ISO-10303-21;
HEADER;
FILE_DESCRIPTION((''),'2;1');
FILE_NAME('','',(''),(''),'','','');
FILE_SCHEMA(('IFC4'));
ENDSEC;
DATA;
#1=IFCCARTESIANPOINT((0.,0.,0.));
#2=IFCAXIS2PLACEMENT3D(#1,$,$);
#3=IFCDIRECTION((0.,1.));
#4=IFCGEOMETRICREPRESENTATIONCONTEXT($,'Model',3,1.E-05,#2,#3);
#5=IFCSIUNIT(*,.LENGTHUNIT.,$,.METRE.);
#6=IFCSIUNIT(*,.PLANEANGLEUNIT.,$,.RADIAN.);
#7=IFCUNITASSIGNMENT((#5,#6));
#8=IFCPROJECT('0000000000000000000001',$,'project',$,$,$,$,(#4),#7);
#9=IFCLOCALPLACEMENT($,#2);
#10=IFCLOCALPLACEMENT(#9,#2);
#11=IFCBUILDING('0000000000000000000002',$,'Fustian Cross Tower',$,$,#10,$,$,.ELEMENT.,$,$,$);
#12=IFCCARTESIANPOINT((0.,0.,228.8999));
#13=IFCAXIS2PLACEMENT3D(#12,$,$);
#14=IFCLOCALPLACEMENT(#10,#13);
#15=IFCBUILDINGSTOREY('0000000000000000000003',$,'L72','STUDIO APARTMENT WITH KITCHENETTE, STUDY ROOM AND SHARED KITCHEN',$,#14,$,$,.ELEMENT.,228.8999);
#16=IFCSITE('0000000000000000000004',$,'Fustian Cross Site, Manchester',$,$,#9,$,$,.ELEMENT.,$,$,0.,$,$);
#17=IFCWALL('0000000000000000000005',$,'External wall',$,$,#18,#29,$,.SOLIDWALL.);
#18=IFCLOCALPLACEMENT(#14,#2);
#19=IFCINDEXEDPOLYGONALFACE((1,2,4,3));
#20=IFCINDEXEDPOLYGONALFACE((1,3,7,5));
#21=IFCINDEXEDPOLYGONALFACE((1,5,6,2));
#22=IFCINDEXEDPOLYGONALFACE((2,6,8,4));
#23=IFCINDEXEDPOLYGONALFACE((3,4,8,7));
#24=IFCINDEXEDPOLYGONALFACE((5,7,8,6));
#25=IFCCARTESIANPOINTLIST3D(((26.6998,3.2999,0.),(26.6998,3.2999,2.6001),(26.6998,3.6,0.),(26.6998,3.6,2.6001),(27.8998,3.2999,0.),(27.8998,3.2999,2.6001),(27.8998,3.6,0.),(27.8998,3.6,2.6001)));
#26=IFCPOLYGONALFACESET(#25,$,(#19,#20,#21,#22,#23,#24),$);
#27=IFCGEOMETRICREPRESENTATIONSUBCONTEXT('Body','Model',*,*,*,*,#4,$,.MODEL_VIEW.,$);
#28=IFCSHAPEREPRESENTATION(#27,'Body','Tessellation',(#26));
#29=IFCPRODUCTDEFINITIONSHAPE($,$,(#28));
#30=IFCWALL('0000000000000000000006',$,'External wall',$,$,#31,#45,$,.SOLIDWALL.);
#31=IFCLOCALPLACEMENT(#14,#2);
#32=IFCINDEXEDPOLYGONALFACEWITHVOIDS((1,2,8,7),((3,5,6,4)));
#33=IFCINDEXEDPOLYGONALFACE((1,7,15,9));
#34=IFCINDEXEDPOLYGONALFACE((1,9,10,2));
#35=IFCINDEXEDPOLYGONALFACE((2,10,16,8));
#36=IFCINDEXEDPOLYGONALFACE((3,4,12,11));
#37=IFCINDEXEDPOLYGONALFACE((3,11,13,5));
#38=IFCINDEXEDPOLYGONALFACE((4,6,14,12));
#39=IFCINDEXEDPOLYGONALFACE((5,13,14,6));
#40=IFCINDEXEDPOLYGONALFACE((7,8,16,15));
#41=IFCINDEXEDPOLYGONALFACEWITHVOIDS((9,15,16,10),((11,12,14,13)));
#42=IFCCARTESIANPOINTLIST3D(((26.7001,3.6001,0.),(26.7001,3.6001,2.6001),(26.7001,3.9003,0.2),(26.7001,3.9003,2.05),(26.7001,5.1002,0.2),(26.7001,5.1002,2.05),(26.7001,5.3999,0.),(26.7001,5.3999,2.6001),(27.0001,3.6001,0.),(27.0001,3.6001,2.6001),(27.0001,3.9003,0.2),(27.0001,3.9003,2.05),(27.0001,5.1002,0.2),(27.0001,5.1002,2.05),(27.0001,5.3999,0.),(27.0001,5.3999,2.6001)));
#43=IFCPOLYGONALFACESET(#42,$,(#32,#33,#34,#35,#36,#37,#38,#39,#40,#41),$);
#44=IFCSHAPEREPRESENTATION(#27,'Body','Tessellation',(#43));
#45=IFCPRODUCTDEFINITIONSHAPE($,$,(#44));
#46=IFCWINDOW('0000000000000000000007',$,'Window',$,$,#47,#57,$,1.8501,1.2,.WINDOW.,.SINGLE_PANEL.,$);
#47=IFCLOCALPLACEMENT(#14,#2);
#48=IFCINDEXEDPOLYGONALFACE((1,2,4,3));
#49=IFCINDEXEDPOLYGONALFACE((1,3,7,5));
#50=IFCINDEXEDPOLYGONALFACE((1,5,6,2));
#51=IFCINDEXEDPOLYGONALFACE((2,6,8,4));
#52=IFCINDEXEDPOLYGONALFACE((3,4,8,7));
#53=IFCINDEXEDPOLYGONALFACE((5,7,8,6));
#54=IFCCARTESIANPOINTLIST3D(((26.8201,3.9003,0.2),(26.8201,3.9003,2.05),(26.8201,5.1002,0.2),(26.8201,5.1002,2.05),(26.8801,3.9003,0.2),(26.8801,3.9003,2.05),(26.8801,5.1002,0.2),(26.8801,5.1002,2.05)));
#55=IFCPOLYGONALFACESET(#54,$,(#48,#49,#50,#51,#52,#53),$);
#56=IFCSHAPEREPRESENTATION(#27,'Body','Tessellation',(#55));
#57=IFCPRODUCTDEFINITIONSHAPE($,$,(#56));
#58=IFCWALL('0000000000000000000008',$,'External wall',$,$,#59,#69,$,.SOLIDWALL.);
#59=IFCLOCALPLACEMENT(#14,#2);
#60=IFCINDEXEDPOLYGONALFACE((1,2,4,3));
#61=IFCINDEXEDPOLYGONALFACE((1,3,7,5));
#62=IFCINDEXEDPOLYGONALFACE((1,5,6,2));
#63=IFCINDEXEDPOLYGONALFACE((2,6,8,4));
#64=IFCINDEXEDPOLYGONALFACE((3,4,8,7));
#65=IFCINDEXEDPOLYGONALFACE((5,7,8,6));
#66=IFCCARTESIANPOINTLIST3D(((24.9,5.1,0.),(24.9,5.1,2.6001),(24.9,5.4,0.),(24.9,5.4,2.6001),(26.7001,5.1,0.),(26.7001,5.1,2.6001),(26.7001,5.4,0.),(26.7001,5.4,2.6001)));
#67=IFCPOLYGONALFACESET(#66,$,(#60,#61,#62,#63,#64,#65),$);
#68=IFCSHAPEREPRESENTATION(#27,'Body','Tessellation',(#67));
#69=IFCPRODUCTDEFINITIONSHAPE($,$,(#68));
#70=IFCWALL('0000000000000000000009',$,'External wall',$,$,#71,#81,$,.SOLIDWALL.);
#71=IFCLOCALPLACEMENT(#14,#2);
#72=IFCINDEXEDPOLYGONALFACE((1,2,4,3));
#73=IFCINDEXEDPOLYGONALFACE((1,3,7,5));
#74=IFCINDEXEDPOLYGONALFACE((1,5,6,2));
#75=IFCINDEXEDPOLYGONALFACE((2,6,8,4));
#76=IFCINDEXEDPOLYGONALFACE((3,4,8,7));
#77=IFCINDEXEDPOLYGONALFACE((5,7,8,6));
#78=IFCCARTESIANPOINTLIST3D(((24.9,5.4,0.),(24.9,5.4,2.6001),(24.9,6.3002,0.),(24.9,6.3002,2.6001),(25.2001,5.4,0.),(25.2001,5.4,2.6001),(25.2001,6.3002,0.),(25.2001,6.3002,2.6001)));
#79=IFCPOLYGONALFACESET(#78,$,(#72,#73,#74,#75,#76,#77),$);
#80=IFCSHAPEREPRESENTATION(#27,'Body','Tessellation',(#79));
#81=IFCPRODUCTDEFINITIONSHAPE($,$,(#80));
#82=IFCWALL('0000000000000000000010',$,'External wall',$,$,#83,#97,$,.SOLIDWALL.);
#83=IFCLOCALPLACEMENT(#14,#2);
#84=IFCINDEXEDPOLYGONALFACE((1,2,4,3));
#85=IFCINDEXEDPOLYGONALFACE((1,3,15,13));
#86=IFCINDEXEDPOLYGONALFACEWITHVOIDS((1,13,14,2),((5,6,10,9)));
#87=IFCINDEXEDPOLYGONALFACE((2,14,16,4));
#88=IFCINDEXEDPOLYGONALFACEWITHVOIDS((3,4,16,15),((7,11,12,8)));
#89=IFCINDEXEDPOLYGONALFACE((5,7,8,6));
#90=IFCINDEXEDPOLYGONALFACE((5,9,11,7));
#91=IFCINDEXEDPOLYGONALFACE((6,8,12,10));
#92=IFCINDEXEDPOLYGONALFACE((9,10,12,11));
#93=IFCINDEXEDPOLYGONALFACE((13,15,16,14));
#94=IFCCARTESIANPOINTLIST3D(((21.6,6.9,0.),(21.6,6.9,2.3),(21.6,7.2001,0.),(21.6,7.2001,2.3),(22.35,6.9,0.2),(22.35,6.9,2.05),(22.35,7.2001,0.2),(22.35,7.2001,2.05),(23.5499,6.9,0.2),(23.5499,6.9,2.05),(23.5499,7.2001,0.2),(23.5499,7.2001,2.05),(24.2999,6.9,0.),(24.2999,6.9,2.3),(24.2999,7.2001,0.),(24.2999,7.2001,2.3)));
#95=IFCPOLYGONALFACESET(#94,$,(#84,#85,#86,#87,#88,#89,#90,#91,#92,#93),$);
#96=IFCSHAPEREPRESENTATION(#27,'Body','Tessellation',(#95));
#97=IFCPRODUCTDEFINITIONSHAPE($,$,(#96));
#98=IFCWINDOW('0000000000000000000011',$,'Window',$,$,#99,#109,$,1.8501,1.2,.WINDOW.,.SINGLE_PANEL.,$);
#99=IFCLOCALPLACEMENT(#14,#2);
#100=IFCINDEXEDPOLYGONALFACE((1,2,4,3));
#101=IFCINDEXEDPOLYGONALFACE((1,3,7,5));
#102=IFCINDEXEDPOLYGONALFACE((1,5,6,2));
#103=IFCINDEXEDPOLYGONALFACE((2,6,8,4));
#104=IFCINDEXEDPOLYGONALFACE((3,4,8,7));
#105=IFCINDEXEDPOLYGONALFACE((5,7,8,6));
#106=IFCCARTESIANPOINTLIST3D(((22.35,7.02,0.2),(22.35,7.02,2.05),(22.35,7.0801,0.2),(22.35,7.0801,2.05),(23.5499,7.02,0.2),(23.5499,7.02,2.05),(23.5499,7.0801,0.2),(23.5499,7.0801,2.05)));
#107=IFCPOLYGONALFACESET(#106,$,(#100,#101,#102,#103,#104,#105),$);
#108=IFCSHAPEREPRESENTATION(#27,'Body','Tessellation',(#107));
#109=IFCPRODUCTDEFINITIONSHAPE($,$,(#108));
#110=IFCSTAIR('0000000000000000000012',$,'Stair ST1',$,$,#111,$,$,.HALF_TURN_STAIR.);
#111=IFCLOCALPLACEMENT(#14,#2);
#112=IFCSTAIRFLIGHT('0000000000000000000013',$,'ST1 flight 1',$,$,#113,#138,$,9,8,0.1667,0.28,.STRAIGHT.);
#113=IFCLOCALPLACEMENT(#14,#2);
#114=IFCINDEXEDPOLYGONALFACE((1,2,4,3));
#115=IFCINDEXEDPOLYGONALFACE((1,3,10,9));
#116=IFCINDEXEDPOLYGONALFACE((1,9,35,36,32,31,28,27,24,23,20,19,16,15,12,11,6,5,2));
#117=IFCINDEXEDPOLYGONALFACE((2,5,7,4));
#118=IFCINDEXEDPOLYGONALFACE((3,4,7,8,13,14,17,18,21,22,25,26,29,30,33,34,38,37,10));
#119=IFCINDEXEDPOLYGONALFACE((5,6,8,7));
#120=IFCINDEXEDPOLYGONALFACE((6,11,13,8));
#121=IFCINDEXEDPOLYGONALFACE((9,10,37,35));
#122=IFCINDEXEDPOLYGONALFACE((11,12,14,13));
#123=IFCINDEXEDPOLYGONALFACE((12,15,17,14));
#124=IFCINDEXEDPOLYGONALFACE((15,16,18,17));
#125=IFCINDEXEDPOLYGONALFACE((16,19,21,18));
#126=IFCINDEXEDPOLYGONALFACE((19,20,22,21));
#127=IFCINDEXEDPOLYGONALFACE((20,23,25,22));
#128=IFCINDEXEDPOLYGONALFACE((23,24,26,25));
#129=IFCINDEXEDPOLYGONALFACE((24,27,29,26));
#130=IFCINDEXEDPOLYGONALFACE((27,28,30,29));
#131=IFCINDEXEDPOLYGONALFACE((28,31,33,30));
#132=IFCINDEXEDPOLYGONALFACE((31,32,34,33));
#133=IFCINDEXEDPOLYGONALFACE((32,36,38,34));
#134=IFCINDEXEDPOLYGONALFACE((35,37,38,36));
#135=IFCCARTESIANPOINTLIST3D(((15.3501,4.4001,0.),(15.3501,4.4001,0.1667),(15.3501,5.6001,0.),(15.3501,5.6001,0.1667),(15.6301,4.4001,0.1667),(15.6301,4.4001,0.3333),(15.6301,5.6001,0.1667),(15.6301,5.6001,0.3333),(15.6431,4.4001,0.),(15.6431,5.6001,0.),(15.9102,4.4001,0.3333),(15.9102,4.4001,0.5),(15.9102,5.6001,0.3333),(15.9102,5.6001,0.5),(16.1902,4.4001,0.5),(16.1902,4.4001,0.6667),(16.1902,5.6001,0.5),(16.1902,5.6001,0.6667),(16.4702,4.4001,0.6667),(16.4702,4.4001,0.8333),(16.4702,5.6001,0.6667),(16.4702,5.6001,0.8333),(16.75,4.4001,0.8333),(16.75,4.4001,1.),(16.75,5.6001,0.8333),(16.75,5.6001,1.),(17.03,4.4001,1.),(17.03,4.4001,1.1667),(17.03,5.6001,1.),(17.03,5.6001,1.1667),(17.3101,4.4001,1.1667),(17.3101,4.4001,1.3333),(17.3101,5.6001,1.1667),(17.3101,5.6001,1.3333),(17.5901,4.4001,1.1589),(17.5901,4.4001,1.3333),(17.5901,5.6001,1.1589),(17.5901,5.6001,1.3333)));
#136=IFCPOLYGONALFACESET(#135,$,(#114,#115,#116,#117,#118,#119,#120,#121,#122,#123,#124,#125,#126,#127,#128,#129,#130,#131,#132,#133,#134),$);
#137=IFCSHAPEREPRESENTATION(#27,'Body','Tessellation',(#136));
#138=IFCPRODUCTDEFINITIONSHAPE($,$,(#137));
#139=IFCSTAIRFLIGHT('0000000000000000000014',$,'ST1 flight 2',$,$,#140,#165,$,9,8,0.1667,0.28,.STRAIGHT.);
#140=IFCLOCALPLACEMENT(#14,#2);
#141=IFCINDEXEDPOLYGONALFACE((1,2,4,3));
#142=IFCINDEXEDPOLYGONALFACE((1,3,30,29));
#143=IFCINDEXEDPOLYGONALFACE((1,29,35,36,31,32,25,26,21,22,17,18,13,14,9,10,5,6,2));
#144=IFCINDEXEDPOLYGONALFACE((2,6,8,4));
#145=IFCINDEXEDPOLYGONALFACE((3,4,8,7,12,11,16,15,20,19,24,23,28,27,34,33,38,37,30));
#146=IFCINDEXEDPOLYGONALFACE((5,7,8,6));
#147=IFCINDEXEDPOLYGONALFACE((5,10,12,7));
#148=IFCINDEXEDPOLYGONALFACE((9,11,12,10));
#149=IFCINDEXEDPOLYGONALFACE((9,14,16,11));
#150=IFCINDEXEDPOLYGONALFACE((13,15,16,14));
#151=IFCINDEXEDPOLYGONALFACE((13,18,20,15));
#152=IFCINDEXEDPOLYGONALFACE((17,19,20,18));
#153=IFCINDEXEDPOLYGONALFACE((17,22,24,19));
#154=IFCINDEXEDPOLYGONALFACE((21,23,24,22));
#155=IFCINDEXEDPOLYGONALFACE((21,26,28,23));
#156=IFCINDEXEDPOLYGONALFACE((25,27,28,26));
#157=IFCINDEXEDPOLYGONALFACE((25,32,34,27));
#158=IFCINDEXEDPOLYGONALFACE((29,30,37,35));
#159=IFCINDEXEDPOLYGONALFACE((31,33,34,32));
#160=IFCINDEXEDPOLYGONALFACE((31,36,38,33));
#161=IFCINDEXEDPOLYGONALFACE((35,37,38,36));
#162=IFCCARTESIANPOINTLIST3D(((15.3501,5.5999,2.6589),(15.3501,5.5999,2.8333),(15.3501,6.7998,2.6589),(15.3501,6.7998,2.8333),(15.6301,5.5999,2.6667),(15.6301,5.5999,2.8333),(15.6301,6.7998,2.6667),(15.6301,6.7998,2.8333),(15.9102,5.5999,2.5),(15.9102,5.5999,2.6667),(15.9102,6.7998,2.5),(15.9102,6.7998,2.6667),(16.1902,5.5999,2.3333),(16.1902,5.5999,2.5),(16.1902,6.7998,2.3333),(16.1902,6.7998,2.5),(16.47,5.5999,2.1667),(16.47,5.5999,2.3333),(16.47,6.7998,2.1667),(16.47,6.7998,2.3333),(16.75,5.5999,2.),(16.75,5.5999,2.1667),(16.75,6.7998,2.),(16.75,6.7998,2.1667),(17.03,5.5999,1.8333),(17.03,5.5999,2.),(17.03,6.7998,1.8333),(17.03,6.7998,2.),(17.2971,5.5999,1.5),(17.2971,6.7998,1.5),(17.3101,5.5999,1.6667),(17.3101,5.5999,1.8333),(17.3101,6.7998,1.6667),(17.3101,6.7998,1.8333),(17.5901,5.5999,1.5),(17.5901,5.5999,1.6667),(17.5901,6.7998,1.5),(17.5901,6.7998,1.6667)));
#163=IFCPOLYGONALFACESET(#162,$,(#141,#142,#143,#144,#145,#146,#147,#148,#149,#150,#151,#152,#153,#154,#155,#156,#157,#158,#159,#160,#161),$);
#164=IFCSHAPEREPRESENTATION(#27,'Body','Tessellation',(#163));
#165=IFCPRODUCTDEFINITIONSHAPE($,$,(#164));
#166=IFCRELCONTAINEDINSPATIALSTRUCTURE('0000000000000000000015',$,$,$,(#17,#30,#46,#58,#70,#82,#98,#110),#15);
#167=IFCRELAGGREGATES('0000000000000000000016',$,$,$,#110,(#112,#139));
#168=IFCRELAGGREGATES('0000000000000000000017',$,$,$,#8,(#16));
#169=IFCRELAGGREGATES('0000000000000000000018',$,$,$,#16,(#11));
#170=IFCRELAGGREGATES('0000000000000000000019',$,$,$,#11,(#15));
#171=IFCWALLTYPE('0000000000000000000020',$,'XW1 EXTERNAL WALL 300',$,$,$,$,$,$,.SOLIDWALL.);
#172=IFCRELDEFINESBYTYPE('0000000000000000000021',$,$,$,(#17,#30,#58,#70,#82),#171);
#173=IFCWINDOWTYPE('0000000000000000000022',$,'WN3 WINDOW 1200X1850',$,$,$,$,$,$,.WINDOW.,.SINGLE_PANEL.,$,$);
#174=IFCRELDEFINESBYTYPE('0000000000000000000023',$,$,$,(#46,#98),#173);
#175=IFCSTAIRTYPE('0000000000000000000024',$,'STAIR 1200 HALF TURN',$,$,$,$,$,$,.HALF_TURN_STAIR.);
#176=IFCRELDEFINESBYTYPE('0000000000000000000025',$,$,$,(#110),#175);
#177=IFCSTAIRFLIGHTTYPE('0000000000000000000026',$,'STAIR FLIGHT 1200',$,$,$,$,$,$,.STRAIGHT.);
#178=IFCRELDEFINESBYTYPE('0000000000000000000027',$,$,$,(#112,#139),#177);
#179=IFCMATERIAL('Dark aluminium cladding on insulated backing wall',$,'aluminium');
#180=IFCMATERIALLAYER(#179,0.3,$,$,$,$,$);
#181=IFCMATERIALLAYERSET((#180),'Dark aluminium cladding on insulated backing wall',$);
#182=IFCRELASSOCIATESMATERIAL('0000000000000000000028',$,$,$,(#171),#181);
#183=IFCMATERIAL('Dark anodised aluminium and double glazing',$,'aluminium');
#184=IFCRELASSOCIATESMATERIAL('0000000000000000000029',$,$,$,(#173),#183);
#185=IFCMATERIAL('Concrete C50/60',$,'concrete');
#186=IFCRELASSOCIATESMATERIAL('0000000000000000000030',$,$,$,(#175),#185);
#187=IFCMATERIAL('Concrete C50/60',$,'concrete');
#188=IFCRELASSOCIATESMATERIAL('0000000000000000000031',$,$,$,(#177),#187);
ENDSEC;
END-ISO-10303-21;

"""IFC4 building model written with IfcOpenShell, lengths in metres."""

from ifc_helpers import new_model, si_unit, direction, frame, frame_2d, origin, place, context, subcontext, project, spatial, polyline, rectangle, outline, extrude, material, layer, layer_set, type_object, element, fill, aggregate, save


model = new_model("IFC4")

# Units and contexts
model_context = context("Model", 3, precision=1e-05, world=origin(), true_north=direction((0.0, 1.0)))
body_context = subcontext(model_context, "Body", "Model", "MODEL_VIEW")
ifc_project = project(units=[si_unit("LENGTHUNIT", "METRE"), si_unit("PLANEANGLEUNIT", "RADIAN")], contexts=[model_context])

# Site, building, storey
site_placement = place(None, origin())
site = spatial("IfcSite", under=ifc_project, at=site_placement, Name="Fustian Cross Site, Manchester", CompositionType="ELEMENT", RefElevation=0.0)
building_placement = place(site_placement, origin())
building = spatial("IfcBuilding", under=site, at=building_placement, Name="Fustian Cross Tower", CompositionType="ELEMENT")
storey_placement = place(building_placement, frame((0.0, 0.0, 228.8999)))
storey = spatial("IfcBuildingStorey", under=building, at=storey_placement, Name="L72", Description="STUDIO APARTMENT WITH KITCHENETTE, STUDY ROOM AND SHARED KITCHEN", CompositionType="ELEMENT", Elevation=228.8999)

# Wall
ifc_material_1 = material(Name="Dark aluminium cladding on insulated backing wall", Category="aluminium")
ifc_layer_1 = layer(ifc_material_1, 0.3)
ifc_layer_set_1 = layer_set([ifc_layer_1], Name="Dark aluminium cladding on insulated backing wall")
wall_type_1 = type_object("IfcWallType", Name="XW1 EXTERNAL WALL 300", PredefinedType="SOLIDWALL", material=ifc_layer_set_1)
wall_1_placement = place(storey_placement, frame((27.8999, 3.45, 0.0), z_axis=(0.0, 0.0, 1.0), x_axis=(-1.0, 0.0, 0.0)))
element("IfcWall", 1, at=wall_1_placement, inside=storey, type_object=wall_type_1, Name="External wall", PredefinedType="SOLIDWALL", context=body_context, shape_type="SweptSolid", body=[
    extrude(rectangle(XDim=1.2, YDim=0.3, at=frame_2d((0.6001, 0.0))), origin(), (0.0, 0.0, 1.0), 2.6001),
])

# Wall, opening, window
wall_2_placement = place(storey_placement, frame((26.8501, 3.6001, 0.0), z_axis=(0.0, 0.0, 1.0), x_axis=(0.0, 1.0, 0.0)))
wall_2 = element("IfcWall", 2, at=wall_2_placement, inside=storey, type_object=wall_type_1, Name="External wall", PredefinedType="SOLIDWALL", context=body_context, shape_type="SweptSolid", body=[
    extrude(rectangle(XDim=1.7998, YDim=0.3, at=frame_2d((0.8999, 0.0))), origin(), (0.0, 0.0, 1.0), 2.6001),
])
opening_1_placement = place(wall_2_placement, frame((0.3, 0.0, 0.2)))
opening_1 = element("IfcOpeningElement", 3, at=opening_1_placement, cuts=wall_2, PredefinedType="OPENING", context=body_context, shape_type="SweptSolid", body=[
    extrude(rectangle(XDim=1.2, YDim=1.8501, at=frame_2d((0.6001, 0.925))), frame((0.0, 0.1599, 0.0), z_axis=(0.0, -1.0, 0.0), x_axis=(1.0, 0.0, 0.0)), (0.0, 0.0, 1.0), 0.3201),
])
ifc_material_2 = material(Name="Dark anodised aluminium and double glazing", Category="aluminium")
window_type = type_object("IfcWindowType", Name="WN3 WINDOW 1200X1850", PartitioningType="SINGLE_PANEL", PredefinedType="WINDOW", material=ifc_material_2)
window_1_placement = place(opening_1_placement, origin())
window_1 = element("IfcWindow", 4, at=window_1_placement, inside=storey, type_object=window_type, Name="Window", OverallHeight=1.8501, OverallWidth=1.2, PartitioningType="SINGLE_PANEL", PredefinedType="WINDOW", context=body_context, shape_type="SweptSolid", body=[
    extrude(rectangle(XDim=1.2, YDim=1.8501, at=frame_2d((0.6001, 0.925))), frame((0.0, 0.03, 0.0), z_axis=(0.0, -1.0, 0.0), x_axis=(1.0, 0.0, 0.0)), (0.0, 0.0, 1.0), 0.0601),
])
fill(opening_1, window_1)

# Walls
wall_3_placement = place(storey_placement, frame((26.7, 5.25, 0.0), z_axis=(0.0, 0.0, 1.0), x_axis=(-1.0, 0.0, 0.0)))
element("IfcWall", 5, at=wall_3_placement, inside=storey, type_object=wall_type_1, Name="External wall", PredefinedType="SOLIDWALL", context=body_context, shape_type="SweptSolid", body=[
    extrude(rectangle(XDim=1.8, YDim=0.3, at=frame_2d((0.8999, 0.0))), origin(), (0.0, 0.0, 1.0), 2.6001),
])
wall_4_placement = place(storey_placement, frame((25.05, 5.3999, 0.0), z_axis=(0.0, 0.0, 1.0), x_axis=(0.0, 1.0, 0.0)))
element("IfcWall", 6, at=wall_4_placement, inside=storey, type_object=wall_type_1, Name="External wall", PredefinedType="SOLIDWALL", context=body_context, shape_type="SweptSolid", body=[
    extrude(rectangle(XDim=0.9001, YDim=0.3, at=frame_2d((0.4502, 0.0))), origin(), (0.0, 0.0, 1.0), 2.6001),
])

# Wall, opening, window
wall_5_placement = place(storey_placement, frame((24.3, 7.05, 0.0), z_axis=(0.0, 0.0, 1.0), x_axis=(-1.0, 0.0, 0.0)))
wall_5 = element("IfcWall", 7, at=wall_5_placement, inside=storey, type_object=wall_type_1, Name="External wall", PredefinedType="SOLIDWALL", context=body_context, shape_type="SweptSolid", body=[
    extrude(rectangle(XDim=2.7, YDim=0.3, at=frame_2d((1.3501, 0.0))), origin(), (0.0, 0.0, 1.0), 2.3),
])
opening_2_placement = place(wall_5_placement, frame((0.75, 0.0, 0.2)))
opening_2 = element("IfcOpeningElement", 8, at=opening_2_placement, cuts=wall_5, PredefinedType="OPENING", context=body_context, shape_type="SweptSolid", body=[
    extrude(rectangle(XDim=1.2, YDim=1.8501, at=frame_2d((0.6001, 0.925))), frame((0.0, 0.1599, 0.0), z_axis=(0.0, -1.0, 0.0), x_axis=(1.0, 0.0, 0.0)), (0.0, 0.0, 1.0), 0.3201),
])
window_2_placement = place(opening_2_placement, origin())
window_2 = element("IfcWindow", 9, at=window_2_placement, inside=storey, type_object=window_type, Name="Window", OverallHeight=1.8501, OverallWidth=1.2, PartitioningType="SINGLE_PANEL", PredefinedType="WINDOW", context=body_context, shape_type="SweptSolid", body=[
    extrude(rectangle(XDim=1.2, YDim=1.8501, at=frame_2d((0.6001, 0.925))), frame((0.0, 0.03, 0.0), z_axis=(0.0, -1.0, 0.0), x_axis=(1.0, 0.0, 0.0)), (0.0, 0.0, 1.0), 0.0601),
])
fill(opening_2, window_2)

# Stair, stair flights
ifc_material_3 = material(Name="Concrete C50/60", Category="concrete")
stair_type = type_object("IfcStairType", Name="STAIR 1200 HALF TURN", PredefinedType="HALF_TURN_STAIR", material=ifc_material_3)
stair_placement = place(storey_placement, origin())
stair = element("IfcStair", 10, at=stair_placement, inside=storey, type_object=stair_type, Name="Stair ST1", PredefinedType="HALF_TURN_STAIR")
ifc_material_4 = material(Name="Concrete C50/60", Category="concrete")
stair_flight_type = type_object("IfcStairFlightType", Name="STAIR FLIGHT 1200", PredefinedType="STRAIGHT", material=ifc_material_4)
stair_flight_1_placement = place(storey_placement, frame((15.3501, 5.0, 0.0), z_axis=(0.0, 0.0, 1.0), x_axis=(1.0, 0.0, 0.0)))
stair_flight_1 = element("IfcStairFlight", 11, at=stair_flight_1_placement, type_object=stair_flight_type, Name="ST1 flight 1", NumberOfRisers=9, NumberOfTreads=8, PredefinedType="STRAIGHT", RiserHeight=0.1667, TreadLength=0.28, context=body_context, shape_type="SweptSolid", body=[
    extrude(outline(polyline([(0.0, 0.0), (0.0, 0.1667), (0.28, 0.1667), (0.28, 0.3333), (0.5601, 0.3333), (0.5601, 0.5), (0.8401, 0.5), (0.8401, 0.6667), (1.1201, 0.6667), (1.1201, 0.8333), (1.3999, 0.8333), (1.3999, 1.0), (1.6799, 1.0), (1.6799, 1.1667), (1.96, 1.1667), (1.96, 1.3333), (2.24, 1.3333), (2.24, 1.5), (2.24, 1.1589), (0.293, 0.0), (0.0, 0.0)])), frame((0.0, 0.6001, 0.0), z_axis=(0.0, -1.0, 0.0), x_axis=(1.0, 0.0, 0.0)), (0.0, 0.0, 1.0), 1.2),
])
stair_flight_2_placement = place(storey_placement, frame((17.5901, 6.2, 1.5), z_axis=(0.0, 0.0, 1.0), x_axis=(-1.0, 0.0, 0.0)))
stair_flight_2 = element("IfcStairFlight", 12, at=stair_flight_2_placement, type_object=stair_flight_type, Name="ST1 flight 2", NumberOfRisers=9, NumberOfTreads=8, PredefinedType="STRAIGHT", RiserHeight=0.1667, TreadLength=0.28, context=body_context, shape_type="SweptSolid", body=[
    extrude(outline(polyline([(0.0, 0.0), (0.0, 0.1667), (0.28, 0.1667), (0.28, 0.3333), (0.5601, 0.3333), (0.5601, 0.5), (0.8401, 0.5), (0.8401, 0.6667), (1.1201, 0.6667), (1.1201, 0.8333), (1.3999, 0.8333), (1.3999, 1.0), (1.6799, 1.0), (1.6799, 1.1667), (1.96, 1.1667), (1.96, 1.3333), (2.24, 1.3333), (2.24, 1.5), (2.24, 1.1589), (0.293, 0.0), (0.0, 0.0)])), frame((0.0, 0.6001, 0.0), z_axis=(0.0, -1.0, 0.0), x_axis=(1.0, 0.0, 0.0)), (0.0, 0.0, 1.0), 1.2),
])
aggregate(stair, [stair_flight_1, stair_flight_2])

save(model, "model.ifc")
